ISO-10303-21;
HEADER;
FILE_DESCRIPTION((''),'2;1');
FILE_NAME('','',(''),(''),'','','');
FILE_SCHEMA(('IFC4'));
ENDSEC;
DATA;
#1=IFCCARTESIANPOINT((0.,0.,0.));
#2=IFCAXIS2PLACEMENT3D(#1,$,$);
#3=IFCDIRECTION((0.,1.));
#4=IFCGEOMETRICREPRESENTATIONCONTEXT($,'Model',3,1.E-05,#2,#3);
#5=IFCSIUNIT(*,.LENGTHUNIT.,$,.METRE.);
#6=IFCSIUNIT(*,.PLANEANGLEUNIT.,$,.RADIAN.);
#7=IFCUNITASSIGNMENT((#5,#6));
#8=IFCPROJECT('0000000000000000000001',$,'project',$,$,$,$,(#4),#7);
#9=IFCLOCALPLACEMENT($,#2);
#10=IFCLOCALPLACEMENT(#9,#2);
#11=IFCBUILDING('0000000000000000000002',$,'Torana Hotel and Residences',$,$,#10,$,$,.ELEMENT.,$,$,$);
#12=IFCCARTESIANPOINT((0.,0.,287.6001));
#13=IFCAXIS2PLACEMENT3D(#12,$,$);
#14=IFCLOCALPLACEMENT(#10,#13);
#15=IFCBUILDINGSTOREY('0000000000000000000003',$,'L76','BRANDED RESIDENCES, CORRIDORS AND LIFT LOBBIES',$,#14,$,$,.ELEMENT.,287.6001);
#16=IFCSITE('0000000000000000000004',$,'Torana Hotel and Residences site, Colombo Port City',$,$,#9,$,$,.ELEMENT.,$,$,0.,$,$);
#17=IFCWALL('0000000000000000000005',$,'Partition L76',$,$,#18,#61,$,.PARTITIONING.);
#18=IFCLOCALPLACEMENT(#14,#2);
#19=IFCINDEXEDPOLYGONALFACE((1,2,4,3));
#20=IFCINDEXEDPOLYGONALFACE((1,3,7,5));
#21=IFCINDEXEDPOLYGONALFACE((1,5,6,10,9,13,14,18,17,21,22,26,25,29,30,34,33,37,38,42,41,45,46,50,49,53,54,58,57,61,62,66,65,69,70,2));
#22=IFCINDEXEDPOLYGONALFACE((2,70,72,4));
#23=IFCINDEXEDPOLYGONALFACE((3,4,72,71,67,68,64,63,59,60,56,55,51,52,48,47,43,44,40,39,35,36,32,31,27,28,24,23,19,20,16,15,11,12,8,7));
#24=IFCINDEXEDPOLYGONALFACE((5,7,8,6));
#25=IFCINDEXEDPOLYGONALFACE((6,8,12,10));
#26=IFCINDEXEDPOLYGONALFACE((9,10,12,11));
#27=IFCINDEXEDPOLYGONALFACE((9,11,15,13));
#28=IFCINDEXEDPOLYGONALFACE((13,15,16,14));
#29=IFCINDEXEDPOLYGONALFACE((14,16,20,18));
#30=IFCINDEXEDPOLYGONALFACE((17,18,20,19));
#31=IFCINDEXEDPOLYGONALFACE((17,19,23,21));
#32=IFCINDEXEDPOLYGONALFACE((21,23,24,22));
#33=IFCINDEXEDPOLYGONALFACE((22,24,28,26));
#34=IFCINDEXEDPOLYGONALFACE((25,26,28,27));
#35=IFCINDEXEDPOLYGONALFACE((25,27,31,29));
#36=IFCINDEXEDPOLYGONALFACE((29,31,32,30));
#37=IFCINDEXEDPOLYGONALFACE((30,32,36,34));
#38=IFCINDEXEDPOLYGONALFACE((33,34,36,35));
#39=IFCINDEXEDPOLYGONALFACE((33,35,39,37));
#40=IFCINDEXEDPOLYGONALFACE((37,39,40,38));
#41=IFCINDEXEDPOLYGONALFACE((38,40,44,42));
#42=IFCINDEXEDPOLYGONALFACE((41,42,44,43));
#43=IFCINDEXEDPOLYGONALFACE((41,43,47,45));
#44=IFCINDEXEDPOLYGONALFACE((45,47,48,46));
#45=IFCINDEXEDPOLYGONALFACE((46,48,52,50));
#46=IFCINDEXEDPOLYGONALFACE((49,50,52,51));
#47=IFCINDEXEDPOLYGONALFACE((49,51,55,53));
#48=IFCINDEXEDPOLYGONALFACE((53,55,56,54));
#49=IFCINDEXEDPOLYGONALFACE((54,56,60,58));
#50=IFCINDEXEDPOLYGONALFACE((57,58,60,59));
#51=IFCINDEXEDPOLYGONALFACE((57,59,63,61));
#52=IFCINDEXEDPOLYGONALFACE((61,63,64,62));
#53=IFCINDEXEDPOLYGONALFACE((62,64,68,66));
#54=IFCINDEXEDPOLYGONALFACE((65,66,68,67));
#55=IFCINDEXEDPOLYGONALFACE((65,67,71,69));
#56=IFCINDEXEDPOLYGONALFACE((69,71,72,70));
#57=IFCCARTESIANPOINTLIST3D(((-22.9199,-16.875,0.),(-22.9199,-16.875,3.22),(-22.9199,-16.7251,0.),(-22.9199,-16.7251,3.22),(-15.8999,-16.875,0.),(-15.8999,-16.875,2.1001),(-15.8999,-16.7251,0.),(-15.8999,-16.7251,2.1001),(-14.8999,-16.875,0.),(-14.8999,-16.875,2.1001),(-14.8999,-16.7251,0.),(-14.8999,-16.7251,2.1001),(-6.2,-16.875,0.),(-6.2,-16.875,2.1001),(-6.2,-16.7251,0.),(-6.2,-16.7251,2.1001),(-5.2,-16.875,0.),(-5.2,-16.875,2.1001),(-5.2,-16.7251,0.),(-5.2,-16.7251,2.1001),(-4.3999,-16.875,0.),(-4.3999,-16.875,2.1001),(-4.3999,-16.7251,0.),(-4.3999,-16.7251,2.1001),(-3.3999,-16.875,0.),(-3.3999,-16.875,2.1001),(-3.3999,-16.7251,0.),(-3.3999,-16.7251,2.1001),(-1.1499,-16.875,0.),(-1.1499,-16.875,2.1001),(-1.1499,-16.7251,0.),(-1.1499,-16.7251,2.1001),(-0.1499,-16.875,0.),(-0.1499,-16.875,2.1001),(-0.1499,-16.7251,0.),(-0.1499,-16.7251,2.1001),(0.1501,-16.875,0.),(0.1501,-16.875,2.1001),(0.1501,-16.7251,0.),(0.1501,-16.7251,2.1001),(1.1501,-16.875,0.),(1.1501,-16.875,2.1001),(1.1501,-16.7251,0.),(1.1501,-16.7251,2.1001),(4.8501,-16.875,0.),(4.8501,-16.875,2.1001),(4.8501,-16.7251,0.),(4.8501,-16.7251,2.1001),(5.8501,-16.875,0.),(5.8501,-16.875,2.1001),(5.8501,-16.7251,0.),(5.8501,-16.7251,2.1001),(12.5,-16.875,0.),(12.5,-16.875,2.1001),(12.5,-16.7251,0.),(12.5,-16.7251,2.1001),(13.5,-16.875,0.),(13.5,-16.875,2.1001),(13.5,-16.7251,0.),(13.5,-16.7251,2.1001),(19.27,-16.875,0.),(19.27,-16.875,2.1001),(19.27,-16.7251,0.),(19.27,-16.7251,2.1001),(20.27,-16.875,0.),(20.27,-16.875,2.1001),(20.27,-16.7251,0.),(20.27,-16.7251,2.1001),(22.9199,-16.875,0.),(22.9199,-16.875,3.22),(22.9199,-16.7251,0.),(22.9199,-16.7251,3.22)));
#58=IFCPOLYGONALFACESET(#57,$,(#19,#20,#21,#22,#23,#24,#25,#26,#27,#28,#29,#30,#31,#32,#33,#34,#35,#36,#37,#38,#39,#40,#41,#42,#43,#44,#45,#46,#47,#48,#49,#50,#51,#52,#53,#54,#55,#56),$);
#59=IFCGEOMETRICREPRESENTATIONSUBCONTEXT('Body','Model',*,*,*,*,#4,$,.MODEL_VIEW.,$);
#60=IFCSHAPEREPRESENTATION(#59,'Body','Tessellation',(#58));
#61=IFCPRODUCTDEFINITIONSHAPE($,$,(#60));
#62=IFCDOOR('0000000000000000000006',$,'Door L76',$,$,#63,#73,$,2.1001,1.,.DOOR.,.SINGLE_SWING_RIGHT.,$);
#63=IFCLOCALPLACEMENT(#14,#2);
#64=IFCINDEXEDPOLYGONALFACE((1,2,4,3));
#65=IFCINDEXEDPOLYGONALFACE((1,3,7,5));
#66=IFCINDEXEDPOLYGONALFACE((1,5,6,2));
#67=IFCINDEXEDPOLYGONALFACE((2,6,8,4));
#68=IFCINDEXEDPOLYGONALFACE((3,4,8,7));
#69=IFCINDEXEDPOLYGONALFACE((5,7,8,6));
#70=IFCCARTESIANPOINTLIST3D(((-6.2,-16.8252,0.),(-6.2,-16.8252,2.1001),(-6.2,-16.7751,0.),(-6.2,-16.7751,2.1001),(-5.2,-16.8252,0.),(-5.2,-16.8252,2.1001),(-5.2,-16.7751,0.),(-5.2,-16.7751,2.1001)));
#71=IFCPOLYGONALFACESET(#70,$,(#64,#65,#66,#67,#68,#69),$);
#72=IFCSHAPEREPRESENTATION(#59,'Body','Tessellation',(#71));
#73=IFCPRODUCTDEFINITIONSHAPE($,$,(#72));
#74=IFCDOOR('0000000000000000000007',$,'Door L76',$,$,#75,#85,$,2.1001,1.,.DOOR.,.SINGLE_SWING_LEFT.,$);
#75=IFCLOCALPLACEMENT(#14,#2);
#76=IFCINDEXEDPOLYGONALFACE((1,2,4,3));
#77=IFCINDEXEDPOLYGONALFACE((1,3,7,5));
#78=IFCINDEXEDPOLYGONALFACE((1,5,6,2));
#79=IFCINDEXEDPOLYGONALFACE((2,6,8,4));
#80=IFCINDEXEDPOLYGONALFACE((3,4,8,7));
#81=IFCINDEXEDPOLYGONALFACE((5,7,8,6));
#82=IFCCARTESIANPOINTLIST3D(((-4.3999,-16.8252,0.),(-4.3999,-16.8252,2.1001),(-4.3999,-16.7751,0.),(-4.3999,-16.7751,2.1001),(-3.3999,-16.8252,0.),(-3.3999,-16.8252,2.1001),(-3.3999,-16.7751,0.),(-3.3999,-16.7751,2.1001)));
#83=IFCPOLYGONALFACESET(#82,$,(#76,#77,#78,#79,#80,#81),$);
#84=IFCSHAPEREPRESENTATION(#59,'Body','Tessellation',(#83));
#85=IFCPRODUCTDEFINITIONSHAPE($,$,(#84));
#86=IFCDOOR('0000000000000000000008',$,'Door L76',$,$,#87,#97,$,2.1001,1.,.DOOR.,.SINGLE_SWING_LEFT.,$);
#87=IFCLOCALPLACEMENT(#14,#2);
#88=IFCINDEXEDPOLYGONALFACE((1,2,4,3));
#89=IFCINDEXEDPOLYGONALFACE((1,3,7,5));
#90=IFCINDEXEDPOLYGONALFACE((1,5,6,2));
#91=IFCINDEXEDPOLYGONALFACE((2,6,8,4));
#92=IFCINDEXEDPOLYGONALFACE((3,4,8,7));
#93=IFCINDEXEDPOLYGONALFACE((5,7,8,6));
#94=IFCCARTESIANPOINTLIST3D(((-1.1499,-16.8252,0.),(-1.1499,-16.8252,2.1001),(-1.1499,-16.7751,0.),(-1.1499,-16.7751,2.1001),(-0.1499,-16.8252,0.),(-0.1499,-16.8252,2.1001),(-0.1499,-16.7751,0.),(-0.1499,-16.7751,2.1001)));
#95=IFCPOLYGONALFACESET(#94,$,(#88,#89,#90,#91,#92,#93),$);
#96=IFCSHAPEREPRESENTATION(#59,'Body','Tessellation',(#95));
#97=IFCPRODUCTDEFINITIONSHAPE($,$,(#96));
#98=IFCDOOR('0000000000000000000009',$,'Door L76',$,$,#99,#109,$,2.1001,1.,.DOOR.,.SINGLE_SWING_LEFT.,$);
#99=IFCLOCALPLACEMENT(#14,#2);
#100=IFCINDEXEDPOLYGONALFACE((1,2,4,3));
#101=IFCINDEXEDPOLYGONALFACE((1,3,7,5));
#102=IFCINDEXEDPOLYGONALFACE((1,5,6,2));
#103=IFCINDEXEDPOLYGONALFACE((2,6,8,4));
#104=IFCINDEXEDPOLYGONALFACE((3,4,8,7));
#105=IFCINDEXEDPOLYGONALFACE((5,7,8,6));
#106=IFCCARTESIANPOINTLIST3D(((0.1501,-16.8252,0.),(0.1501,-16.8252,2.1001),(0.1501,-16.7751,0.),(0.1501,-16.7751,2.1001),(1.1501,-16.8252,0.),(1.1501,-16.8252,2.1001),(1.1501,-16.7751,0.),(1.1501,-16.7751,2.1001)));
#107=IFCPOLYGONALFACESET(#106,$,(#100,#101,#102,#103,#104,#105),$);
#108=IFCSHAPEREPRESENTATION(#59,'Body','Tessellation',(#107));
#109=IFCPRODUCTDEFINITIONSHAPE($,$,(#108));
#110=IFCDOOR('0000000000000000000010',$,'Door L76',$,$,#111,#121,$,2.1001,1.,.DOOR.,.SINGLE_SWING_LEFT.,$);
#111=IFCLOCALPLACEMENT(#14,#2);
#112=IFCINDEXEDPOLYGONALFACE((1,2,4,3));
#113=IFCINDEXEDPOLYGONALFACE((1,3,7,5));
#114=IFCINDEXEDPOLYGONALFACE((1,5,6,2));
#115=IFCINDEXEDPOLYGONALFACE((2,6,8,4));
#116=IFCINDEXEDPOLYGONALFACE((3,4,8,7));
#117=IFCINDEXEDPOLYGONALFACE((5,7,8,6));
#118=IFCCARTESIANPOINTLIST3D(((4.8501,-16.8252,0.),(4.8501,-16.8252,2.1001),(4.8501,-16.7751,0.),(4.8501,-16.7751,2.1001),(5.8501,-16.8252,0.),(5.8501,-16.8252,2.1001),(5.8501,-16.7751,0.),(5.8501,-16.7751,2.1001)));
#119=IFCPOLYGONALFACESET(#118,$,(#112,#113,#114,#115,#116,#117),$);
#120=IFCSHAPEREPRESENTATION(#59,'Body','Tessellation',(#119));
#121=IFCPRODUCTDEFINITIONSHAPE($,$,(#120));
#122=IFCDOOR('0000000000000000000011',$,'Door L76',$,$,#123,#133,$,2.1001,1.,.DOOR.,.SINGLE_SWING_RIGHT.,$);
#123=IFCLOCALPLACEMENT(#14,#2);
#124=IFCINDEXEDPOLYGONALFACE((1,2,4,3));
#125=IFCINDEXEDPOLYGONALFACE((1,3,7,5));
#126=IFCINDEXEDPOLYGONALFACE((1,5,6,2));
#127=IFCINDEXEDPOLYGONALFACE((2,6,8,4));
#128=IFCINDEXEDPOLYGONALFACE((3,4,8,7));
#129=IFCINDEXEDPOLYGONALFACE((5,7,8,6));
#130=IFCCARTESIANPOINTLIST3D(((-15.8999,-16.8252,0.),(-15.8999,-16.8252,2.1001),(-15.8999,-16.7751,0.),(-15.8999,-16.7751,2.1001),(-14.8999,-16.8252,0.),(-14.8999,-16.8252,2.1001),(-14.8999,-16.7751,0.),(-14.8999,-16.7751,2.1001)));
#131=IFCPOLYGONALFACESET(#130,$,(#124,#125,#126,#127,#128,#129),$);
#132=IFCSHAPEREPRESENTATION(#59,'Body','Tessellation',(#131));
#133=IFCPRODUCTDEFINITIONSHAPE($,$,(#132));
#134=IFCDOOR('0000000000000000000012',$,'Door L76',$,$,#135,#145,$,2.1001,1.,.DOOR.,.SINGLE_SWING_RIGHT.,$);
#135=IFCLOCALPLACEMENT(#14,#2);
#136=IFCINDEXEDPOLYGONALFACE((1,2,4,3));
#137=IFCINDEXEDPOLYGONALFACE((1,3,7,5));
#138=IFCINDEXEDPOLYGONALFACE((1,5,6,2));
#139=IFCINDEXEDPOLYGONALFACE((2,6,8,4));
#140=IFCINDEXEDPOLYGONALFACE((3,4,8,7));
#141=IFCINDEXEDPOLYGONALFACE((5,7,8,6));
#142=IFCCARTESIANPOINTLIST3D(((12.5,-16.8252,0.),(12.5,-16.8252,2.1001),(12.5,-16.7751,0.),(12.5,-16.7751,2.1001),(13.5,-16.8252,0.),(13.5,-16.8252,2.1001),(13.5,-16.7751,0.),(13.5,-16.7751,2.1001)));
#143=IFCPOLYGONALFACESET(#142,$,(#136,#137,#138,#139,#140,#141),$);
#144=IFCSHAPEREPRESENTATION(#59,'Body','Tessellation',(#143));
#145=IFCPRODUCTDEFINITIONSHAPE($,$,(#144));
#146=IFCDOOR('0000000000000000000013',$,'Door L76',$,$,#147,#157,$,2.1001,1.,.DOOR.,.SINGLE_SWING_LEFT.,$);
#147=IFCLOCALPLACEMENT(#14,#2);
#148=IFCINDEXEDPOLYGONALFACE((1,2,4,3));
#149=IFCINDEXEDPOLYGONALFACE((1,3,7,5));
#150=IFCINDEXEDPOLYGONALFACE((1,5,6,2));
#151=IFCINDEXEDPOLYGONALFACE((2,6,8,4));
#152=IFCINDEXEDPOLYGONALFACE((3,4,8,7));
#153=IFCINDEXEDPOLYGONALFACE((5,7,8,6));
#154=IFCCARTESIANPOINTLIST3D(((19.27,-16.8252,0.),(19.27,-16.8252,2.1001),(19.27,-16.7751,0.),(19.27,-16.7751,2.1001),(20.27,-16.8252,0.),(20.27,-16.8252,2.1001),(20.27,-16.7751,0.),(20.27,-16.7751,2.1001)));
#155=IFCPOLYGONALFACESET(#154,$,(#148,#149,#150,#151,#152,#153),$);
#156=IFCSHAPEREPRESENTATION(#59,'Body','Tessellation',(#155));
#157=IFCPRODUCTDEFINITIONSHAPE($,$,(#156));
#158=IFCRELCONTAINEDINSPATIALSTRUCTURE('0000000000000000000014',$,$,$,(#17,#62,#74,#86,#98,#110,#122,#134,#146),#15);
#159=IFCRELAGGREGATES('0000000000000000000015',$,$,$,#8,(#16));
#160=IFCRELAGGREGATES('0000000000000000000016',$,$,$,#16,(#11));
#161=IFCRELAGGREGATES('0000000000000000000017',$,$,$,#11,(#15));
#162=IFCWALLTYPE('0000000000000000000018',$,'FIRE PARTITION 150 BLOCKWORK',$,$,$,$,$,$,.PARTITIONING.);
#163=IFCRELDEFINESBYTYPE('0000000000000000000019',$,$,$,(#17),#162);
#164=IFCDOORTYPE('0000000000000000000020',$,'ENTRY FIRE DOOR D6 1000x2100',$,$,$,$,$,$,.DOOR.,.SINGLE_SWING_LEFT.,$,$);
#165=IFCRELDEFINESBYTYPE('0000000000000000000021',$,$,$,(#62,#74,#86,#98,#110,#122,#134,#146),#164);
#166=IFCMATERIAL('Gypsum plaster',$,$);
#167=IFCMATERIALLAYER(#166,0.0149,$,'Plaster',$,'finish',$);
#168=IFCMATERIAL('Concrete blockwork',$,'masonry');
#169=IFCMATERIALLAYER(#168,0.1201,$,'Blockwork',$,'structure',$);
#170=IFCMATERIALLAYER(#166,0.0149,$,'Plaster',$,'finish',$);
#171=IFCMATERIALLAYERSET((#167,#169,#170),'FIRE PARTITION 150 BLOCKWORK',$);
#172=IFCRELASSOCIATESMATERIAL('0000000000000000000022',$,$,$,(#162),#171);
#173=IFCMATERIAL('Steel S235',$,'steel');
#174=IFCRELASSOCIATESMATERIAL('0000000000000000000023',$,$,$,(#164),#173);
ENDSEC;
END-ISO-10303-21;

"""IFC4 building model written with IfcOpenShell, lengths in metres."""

from ifc_helpers import new_model, si_unit, direction, frame, frame_2d, origin, place, context, subcontext, project, spatial, rectangle, extrude, material, layer, layer_set, type_object, element, fill, save


model = new_model("IFC4")

# Units and contexts
model_context = context("Model", 3, precision=1e-05, world=origin(), true_north=direction((0.0, 1.0)))
body_context = subcontext(model_context, "Body", "Model", "MODEL_VIEW")
ifc_project = project(units=[si_unit("LENGTHUNIT", "METRE"), si_unit("PLANEANGLEUNIT", "RADIAN")], contexts=[model_context])

# Site, building, storey
site_placement = place(None, origin())
site = spatial("IfcSite", under=ifc_project, at=site_placement, Name="Torana Hotel and Residences site, Colombo Port City", CompositionType="ELEMENT", RefElevation=0.0)
building_placement = place(site_placement, origin())
building = spatial("IfcBuilding", under=site, at=building_placement, Name="Torana Hotel and Residences", CompositionType="ELEMENT")
storey_placement = place(building_placement, frame((0.0, 0.0, 287.6001)))
storey = spatial("IfcBuildingStorey", under=building, at=storey_placement, Name="L76", Description="BRANDED RESIDENCES, CORRIDORS AND LIFT LOBBIES", CompositionType="ELEMENT", Elevation=287.6001)

# Shared definitions
ifc_material_1 = material(Name="Gypsum plaster")
ifc_layer_1 = layer(ifc_material_1, 0.0149, Name="Plaster", Category="finish")
ifc_material_2 = material(Name="Concrete blockwork", Category="masonry")
ifc_layer_2 = layer(ifc_material_2, 0.1201, Name="Blockwork", Category="structure")
ifc_layer_3 = layer(ifc_material_1, 0.0149, Name="Plaster", Category="finish")
ifc_layer_set_1 = layer_set([ifc_layer_1, ifc_layer_2, ifc_layer_3], Name="FIRE PARTITION 150 BLOCKWORK")
wall_type_1 = type_object("IfcWallType", Name="FIRE PARTITION 150 BLOCKWORK", PredefinedType="PARTITIONING", material=ifc_layer_set_1)
ifc_material_3 = material(Name="Steel S235", Category="steel")
door_type_1 = type_object("IfcDoorType", Name="ENTRY FIRE DOOR D6 1000x2100", OperationType="SINGLE_SWING_LEFT", PredefinedType="DOOR", material=ifc_material_3)

# Wall, openings, doors
wall_1_placement = place(storey_placement, frame((-22.9199, -16.8, 0.0), z_axis=(0.0, 0.0, 1.0), x_axis=(1.0, 0.0, 0.0)))
wall_1 = element("IfcWall", 1, at=wall_1_placement, inside=storey, type_object=wall_type_1, Name="Partition L76", PredefinedType="PARTITIONING", context=body_context, shape_type="SweptSolid", body=[
    extrude(rectangle(XDim=45.8398, YDim=0.1499, at=frame_2d((22.9199, 0.0))), origin(), (0.0, 0.0, 1.0), 3.22),
])
opening_1_placement = place(wall_1_placement, frame((16.72, 0.0, 0.0)))
opening_1 = element("IfcOpeningElement", 2, at=opening_1_placement, cuts=wall_1, PredefinedType="OPENING", context=body_context, shape_type="SweptSolid", body=[
    extrude(rectangle(XDim=1.0, YDim=2.1001, at=frame_2d((0.5, 1.05))), frame((0.0, 0.085, 0.0), z_axis=(0.0, -1.0, 0.0), x_axis=(1.0, 0.0, 0.0)), (0.0, 0.0, 1.0), 0.1699),
])
opening_2_placement = place(wall_1_placement, frame((18.52, 0.0, 0.0)))
opening_2 = element("IfcOpeningElement", 3, at=opening_2_placement, cuts=wall_1, PredefinedType="OPENING", context=body_context, shape_type="SweptSolid", body=[
    extrude(rectangle(XDim=1.0, YDim=2.1001, at=frame_2d((0.5, 1.05))), frame((0.0, 0.085, 0.0), z_axis=(0.0, -1.0, 0.0), x_axis=(1.0, 0.0, 0.0)), (0.0, 0.0, 1.0), 0.1699),
])
opening_3_placement = place(wall_1_placement, frame((21.77, 0.0, 0.0)))
opening_3 = element("IfcOpeningElement", 4, at=opening_3_placement, cuts=wall_1, PredefinedType="OPENING", context=body_context, shape_type="SweptSolid", body=[
    extrude(rectangle(XDim=1.0, YDim=2.1001, at=frame_2d((0.5, 1.05))), frame((0.0, 0.085, 0.0), z_axis=(0.0, -1.0, 0.0), x_axis=(1.0, 0.0, 0.0)), (0.0, 0.0, 1.0), 0.1699),
])
opening_4_placement = place(wall_1_placement, frame((23.0701, 0.0, 0.0)))
opening_4 = element("IfcOpeningElement", 5, at=opening_4_placement, cuts=wall_1, PredefinedType="OPENING", context=body_context, shape_type="SweptSolid", body=[
    extrude(rectangle(XDim=1.0, YDim=2.1001, at=frame_2d((0.5, 1.05))), frame((0.0, 0.085, 0.0), z_axis=(0.0, -1.0, 0.0), x_axis=(1.0, 0.0, 0.0)), (0.0, 0.0, 1.0), 0.1699),
])
opening_5_placement = place(wall_1_placement, frame((27.77, 0.0, 0.0)))
opening_5 = element("IfcOpeningElement", 6, at=opening_5_placement, cuts=wall_1, PredefinedType="OPENING", context=body_context, shape_type="SweptSolid", body=[
    extrude(rectangle(XDim=1.0, YDim=2.1001, at=frame_2d((0.5, 1.05))), frame((0.0, 0.085, 0.0), z_axis=(0.0, -1.0, 0.0), x_axis=(1.0, 0.0, 0.0)), (0.0, 0.0, 1.0), 0.1699),
])
opening_6_placement = place(wall_1_placement, frame((7.02, 0.0, 0.0)))
opening_6 = element("IfcOpeningElement", 7, at=opening_6_placement, cuts=wall_1, PredefinedType="OPENING", context=body_context, shape_type="SweptSolid", body=[
    extrude(rectangle(XDim=1.0, YDim=2.1001, at=frame_2d((0.5, 1.05))), frame((0.0, 0.085, 0.0), z_axis=(0.0, -1.0, 0.0), x_axis=(1.0, 0.0, 0.0)), (0.0, 0.0, 1.0), 0.1699),
])
opening_7_placement = place(wall_1_placement, frame((35.4199, 0.0, 0.0)))
opening_7 = element("IfcOpeningElement", 8, at=opening_7_placement, cuts=wall_1, PredefinedType="OPENING", context=body_context, shape_type="SweptSolid", body=[
    extrude(rectangle(XDim=1.0, YDim=2.1001, at=frame_2d((0.5, 1.05))), frame((0.0, 0.085, 0.0), z_axis=(0.0, -1.0, 0.0), x_axis=(1.0, 0.0, 0.0)), (0.0, 0.0, 1.0), 0.1699),
])
opening_8_placement = place(wall_1_placement, frame((42.1899, 0.0, 0.0)))
opening_8 = element("IfcOpeningElement", 9, at=opening_8_placement, cuts=wall_1, PredefinedType="OPENING", context=body_context, shape_type="SweptSolid", body=[
    extrude(rectangle(XDim=1.0, YDim=2.1001, at=frame_2d((0.5, 1.05))), frame((0.0, 0.085, 0.0), z_axis=(0.0, -1.0, 0.0), x_axis=(1.0, 0.0, 0.0)), (0.0, 0.0, 1.0), 0.1699),
])
door_1_placement = place(opening_1_placement, origin())
door_1 = element("IfcDoor", 10, at=door_1_placement, inside=storey, type_object=door_type_1, Name="Door L76", OperationType="SINGLE_SWING_RIGHT", OverallHeight=2.1001, OverallWidth=1.0, PredefinedType="DOOR", context=body_context, shape_type="SweptSolid", body=[
    extrude(rectangle(XDim=1.0, YDim=2.1001, at=frame_2d((0.5, 1.05))), frame((0.0, 0.0249, 0.0), z_axis=(0.0, -1.0, 0.0), x_axis=(1.0, 0.0, 0.0)), (0.0, 0.0, 1.0), 0.05),
])
fill(opening_1, door_1)
door_2_placement = place(opening_2_placement, frame((0.5, 0.0, 0.0), z_axis=(0.0, 0.0, 1.0), x_axis=(-1.0, 0.0, 0.0)))
door_2 = element("IfcDoor", 11, at=door_2_placement, inside=storey, type_object=door_type_1, Name="Door L76", OperationType="SINGLE_SWING_LEFT", OverallHeight=2.1001, OverallWidth=1.0, PredefinedType="DOOR", context=body_context, shape_type="SweptSolid", body=[
    extrude(rectangle(XDim=1.0, YDim=2.1001, at=frame_2d((0.0, 1.05))), frame((0.0, -0.0249, 0.0), z_axis=(0.0, 1.0, 0.0), x_axis=(-1.0, 0.0, 0.0)), (0.0, 0.0, 1.0), 0.05),
])
fill(opening_2, door_2)
door_3_placement = place(opening_3_placement, frame((0.5, 0.0, 0.0), z_axis=(0.0, 0.0, 1.0), x_axis=(-1.0, 0.0, 0.0)))
door_3 = element("IfcDoor", 12, at=door_3_placement, inside=storey, type_object=door_type_1, Name="Door L76", OperationType="SINGLE_SWING_LEFT", OverallHeight=2.1001, OverallWidth=1.0, PredefinedType="DOOR", context=body_context, shape_type="SweptSolid", body=[
    extrude(rectangle(XDim=1.0, YDim=2.1001, at=frame_2d((0.0, 1.05))), frame((0.0, -0.0249, 0.0), z_axis=(0.0, 1.0, 0.0), x_axis=(-1.0, 0.0, 0.0)), (0.0, 0.0, 1.0), 0.05),
])
fill(opening_3, door_3)
door_4_placement = place(opening_4_placement, frame((0.5, 0.0, 0.0), z_axis=(0.0, 0.0, 1.0), x_axis=(-1.0, 0.0, 0.0)))
door_4 = element("IfcDoor", 13, at=door_4_placement, inside=storey, type_object=door_type_1, Name="Door L76", OperationType="SINGLE_SWING_LEFT", OverallHeight=2.1001, OverallWidth=1.0, PredefinedType="DOOR", context=body_context, shape_type="SweptSolid", body=[
    extrude(rectangle(XDim=1.0, YDim=2.1001, at=frame_2d((0.0, 1.05))), frame((0.0, -0.0249, 0.0), z_axis=(0.0, 1.0, 0.0), x_axis=(-1.0, 0.0, 0.0)), (0.0, 0.0, 1.0), 0.05),
])
fill(opening_4, door_4)
door_5_placement = place(opening_5_placement, frame((0.5, 0.0, 0.0), z_axis=(0.0, 0.0, 1.0), x_axis=(-1.0, 0.0, 0.0)))
door_5 = element("IfcDoor", 14, at=door_5_placement, inside=storey, type_object=door_type_1, Name="Door L76", OperationType="SINGLE_SWING_LEFT", OverallHeight=2.1001, OverallWidth=1.0, PredefinedType="DOOR", context=body_context, shape_type="SweptSolid", body=[
    extrude(rectangle(XDim=1.0, YDim=2.1001, at=frame_2d((0.0, 1.05))), frame((0.0, -0.0249, 0.0), z_axis=(0.0, 1.0, 0.0), x_axis=(-1.0, 0.0, 0.0)), (0.0, 0.0, 1.0), 0.05),
])
fill(opening_5, door_5)
door_6_placement = place(opening_6_placement, origin())
door_6 = element("IfcDoor", 15, at=door_6_placement, inside=storey, type_object=door_type_1, Name="Door L76", OperationType="SINGLE_SWING_RIGHT", OverallHeight=2.1001, OverallWidth=1.0, PredefinedType="DOOR", context=body_context, shape_type="SweptSolid", body=[
    extrude(rectangle(XDim=1.0, YDim=2.1001, at=frame_2d((0.5, 1.05))), frame((0.0, 0.0249, 0.0), z_axis=(0.0, -1.0, 0.0), x_axis=(1.0, 0.0, 0.0)), (0.0, 0.0, 1.0), 0.05),
])
fill(opening_6, door_6)
door_7_placement = place(opening_7_placement, origin())
door_7 = element("IfcDoor", 16, at=door_7_placement, inside=storey, type_object=door_type_1, Name="Door L76", OperationType="SINGLE_SWING_RIGHT", OverallHeight=2.1001, OverallWidth=1.0, PredefinedType="DOOR", context=body_context, shape_type="SweptSolid", body=[
    extrude(rectangle(XDim=1.0, YDim=2.1001, at=frame_2d((0.5, 1.05))), frame((0.0, 0.0249, 0.0), z_axis=(0.0, -1.0, 0.0), x_axis=(1.0, 0.0, 0.0)), (0.0, 0.0, 1.0), 0.05),
])
fill(opening_7, door_7)
door_8_placement = place(opening_8_placement, frame((0.5, 0.0, 0.0), z_axis=(0.0, 0.0, 1.0), x_axis=(-1.0, 0.0, 0.0)))
door_8 = element("IfcDoor", 17, at=door_8_placement, inside=storey, type_object=door_type_1, Name="Door L76", OperationType="SINGLE_SWING_LEFT", OverallHeight=2.1001, OverallWidth=1.0, PredefinedType="DOOR", context=body_context, shape_type="SweptSolid", body=[
    extrude(rectangle(XDim=1.0, YDim=2.1001, at=frame_2d((0.0, 1.05))), frame((0.0, -0.0249, 0.0), z_axis=(0.0, 1.0, 0.0), x_axis=(-1.0, 0.0, 0.0)), (0.0, 0.0, 1.0), 0.05),
])
fill(opening_8, door_8)

save(model, "model.ifc")
